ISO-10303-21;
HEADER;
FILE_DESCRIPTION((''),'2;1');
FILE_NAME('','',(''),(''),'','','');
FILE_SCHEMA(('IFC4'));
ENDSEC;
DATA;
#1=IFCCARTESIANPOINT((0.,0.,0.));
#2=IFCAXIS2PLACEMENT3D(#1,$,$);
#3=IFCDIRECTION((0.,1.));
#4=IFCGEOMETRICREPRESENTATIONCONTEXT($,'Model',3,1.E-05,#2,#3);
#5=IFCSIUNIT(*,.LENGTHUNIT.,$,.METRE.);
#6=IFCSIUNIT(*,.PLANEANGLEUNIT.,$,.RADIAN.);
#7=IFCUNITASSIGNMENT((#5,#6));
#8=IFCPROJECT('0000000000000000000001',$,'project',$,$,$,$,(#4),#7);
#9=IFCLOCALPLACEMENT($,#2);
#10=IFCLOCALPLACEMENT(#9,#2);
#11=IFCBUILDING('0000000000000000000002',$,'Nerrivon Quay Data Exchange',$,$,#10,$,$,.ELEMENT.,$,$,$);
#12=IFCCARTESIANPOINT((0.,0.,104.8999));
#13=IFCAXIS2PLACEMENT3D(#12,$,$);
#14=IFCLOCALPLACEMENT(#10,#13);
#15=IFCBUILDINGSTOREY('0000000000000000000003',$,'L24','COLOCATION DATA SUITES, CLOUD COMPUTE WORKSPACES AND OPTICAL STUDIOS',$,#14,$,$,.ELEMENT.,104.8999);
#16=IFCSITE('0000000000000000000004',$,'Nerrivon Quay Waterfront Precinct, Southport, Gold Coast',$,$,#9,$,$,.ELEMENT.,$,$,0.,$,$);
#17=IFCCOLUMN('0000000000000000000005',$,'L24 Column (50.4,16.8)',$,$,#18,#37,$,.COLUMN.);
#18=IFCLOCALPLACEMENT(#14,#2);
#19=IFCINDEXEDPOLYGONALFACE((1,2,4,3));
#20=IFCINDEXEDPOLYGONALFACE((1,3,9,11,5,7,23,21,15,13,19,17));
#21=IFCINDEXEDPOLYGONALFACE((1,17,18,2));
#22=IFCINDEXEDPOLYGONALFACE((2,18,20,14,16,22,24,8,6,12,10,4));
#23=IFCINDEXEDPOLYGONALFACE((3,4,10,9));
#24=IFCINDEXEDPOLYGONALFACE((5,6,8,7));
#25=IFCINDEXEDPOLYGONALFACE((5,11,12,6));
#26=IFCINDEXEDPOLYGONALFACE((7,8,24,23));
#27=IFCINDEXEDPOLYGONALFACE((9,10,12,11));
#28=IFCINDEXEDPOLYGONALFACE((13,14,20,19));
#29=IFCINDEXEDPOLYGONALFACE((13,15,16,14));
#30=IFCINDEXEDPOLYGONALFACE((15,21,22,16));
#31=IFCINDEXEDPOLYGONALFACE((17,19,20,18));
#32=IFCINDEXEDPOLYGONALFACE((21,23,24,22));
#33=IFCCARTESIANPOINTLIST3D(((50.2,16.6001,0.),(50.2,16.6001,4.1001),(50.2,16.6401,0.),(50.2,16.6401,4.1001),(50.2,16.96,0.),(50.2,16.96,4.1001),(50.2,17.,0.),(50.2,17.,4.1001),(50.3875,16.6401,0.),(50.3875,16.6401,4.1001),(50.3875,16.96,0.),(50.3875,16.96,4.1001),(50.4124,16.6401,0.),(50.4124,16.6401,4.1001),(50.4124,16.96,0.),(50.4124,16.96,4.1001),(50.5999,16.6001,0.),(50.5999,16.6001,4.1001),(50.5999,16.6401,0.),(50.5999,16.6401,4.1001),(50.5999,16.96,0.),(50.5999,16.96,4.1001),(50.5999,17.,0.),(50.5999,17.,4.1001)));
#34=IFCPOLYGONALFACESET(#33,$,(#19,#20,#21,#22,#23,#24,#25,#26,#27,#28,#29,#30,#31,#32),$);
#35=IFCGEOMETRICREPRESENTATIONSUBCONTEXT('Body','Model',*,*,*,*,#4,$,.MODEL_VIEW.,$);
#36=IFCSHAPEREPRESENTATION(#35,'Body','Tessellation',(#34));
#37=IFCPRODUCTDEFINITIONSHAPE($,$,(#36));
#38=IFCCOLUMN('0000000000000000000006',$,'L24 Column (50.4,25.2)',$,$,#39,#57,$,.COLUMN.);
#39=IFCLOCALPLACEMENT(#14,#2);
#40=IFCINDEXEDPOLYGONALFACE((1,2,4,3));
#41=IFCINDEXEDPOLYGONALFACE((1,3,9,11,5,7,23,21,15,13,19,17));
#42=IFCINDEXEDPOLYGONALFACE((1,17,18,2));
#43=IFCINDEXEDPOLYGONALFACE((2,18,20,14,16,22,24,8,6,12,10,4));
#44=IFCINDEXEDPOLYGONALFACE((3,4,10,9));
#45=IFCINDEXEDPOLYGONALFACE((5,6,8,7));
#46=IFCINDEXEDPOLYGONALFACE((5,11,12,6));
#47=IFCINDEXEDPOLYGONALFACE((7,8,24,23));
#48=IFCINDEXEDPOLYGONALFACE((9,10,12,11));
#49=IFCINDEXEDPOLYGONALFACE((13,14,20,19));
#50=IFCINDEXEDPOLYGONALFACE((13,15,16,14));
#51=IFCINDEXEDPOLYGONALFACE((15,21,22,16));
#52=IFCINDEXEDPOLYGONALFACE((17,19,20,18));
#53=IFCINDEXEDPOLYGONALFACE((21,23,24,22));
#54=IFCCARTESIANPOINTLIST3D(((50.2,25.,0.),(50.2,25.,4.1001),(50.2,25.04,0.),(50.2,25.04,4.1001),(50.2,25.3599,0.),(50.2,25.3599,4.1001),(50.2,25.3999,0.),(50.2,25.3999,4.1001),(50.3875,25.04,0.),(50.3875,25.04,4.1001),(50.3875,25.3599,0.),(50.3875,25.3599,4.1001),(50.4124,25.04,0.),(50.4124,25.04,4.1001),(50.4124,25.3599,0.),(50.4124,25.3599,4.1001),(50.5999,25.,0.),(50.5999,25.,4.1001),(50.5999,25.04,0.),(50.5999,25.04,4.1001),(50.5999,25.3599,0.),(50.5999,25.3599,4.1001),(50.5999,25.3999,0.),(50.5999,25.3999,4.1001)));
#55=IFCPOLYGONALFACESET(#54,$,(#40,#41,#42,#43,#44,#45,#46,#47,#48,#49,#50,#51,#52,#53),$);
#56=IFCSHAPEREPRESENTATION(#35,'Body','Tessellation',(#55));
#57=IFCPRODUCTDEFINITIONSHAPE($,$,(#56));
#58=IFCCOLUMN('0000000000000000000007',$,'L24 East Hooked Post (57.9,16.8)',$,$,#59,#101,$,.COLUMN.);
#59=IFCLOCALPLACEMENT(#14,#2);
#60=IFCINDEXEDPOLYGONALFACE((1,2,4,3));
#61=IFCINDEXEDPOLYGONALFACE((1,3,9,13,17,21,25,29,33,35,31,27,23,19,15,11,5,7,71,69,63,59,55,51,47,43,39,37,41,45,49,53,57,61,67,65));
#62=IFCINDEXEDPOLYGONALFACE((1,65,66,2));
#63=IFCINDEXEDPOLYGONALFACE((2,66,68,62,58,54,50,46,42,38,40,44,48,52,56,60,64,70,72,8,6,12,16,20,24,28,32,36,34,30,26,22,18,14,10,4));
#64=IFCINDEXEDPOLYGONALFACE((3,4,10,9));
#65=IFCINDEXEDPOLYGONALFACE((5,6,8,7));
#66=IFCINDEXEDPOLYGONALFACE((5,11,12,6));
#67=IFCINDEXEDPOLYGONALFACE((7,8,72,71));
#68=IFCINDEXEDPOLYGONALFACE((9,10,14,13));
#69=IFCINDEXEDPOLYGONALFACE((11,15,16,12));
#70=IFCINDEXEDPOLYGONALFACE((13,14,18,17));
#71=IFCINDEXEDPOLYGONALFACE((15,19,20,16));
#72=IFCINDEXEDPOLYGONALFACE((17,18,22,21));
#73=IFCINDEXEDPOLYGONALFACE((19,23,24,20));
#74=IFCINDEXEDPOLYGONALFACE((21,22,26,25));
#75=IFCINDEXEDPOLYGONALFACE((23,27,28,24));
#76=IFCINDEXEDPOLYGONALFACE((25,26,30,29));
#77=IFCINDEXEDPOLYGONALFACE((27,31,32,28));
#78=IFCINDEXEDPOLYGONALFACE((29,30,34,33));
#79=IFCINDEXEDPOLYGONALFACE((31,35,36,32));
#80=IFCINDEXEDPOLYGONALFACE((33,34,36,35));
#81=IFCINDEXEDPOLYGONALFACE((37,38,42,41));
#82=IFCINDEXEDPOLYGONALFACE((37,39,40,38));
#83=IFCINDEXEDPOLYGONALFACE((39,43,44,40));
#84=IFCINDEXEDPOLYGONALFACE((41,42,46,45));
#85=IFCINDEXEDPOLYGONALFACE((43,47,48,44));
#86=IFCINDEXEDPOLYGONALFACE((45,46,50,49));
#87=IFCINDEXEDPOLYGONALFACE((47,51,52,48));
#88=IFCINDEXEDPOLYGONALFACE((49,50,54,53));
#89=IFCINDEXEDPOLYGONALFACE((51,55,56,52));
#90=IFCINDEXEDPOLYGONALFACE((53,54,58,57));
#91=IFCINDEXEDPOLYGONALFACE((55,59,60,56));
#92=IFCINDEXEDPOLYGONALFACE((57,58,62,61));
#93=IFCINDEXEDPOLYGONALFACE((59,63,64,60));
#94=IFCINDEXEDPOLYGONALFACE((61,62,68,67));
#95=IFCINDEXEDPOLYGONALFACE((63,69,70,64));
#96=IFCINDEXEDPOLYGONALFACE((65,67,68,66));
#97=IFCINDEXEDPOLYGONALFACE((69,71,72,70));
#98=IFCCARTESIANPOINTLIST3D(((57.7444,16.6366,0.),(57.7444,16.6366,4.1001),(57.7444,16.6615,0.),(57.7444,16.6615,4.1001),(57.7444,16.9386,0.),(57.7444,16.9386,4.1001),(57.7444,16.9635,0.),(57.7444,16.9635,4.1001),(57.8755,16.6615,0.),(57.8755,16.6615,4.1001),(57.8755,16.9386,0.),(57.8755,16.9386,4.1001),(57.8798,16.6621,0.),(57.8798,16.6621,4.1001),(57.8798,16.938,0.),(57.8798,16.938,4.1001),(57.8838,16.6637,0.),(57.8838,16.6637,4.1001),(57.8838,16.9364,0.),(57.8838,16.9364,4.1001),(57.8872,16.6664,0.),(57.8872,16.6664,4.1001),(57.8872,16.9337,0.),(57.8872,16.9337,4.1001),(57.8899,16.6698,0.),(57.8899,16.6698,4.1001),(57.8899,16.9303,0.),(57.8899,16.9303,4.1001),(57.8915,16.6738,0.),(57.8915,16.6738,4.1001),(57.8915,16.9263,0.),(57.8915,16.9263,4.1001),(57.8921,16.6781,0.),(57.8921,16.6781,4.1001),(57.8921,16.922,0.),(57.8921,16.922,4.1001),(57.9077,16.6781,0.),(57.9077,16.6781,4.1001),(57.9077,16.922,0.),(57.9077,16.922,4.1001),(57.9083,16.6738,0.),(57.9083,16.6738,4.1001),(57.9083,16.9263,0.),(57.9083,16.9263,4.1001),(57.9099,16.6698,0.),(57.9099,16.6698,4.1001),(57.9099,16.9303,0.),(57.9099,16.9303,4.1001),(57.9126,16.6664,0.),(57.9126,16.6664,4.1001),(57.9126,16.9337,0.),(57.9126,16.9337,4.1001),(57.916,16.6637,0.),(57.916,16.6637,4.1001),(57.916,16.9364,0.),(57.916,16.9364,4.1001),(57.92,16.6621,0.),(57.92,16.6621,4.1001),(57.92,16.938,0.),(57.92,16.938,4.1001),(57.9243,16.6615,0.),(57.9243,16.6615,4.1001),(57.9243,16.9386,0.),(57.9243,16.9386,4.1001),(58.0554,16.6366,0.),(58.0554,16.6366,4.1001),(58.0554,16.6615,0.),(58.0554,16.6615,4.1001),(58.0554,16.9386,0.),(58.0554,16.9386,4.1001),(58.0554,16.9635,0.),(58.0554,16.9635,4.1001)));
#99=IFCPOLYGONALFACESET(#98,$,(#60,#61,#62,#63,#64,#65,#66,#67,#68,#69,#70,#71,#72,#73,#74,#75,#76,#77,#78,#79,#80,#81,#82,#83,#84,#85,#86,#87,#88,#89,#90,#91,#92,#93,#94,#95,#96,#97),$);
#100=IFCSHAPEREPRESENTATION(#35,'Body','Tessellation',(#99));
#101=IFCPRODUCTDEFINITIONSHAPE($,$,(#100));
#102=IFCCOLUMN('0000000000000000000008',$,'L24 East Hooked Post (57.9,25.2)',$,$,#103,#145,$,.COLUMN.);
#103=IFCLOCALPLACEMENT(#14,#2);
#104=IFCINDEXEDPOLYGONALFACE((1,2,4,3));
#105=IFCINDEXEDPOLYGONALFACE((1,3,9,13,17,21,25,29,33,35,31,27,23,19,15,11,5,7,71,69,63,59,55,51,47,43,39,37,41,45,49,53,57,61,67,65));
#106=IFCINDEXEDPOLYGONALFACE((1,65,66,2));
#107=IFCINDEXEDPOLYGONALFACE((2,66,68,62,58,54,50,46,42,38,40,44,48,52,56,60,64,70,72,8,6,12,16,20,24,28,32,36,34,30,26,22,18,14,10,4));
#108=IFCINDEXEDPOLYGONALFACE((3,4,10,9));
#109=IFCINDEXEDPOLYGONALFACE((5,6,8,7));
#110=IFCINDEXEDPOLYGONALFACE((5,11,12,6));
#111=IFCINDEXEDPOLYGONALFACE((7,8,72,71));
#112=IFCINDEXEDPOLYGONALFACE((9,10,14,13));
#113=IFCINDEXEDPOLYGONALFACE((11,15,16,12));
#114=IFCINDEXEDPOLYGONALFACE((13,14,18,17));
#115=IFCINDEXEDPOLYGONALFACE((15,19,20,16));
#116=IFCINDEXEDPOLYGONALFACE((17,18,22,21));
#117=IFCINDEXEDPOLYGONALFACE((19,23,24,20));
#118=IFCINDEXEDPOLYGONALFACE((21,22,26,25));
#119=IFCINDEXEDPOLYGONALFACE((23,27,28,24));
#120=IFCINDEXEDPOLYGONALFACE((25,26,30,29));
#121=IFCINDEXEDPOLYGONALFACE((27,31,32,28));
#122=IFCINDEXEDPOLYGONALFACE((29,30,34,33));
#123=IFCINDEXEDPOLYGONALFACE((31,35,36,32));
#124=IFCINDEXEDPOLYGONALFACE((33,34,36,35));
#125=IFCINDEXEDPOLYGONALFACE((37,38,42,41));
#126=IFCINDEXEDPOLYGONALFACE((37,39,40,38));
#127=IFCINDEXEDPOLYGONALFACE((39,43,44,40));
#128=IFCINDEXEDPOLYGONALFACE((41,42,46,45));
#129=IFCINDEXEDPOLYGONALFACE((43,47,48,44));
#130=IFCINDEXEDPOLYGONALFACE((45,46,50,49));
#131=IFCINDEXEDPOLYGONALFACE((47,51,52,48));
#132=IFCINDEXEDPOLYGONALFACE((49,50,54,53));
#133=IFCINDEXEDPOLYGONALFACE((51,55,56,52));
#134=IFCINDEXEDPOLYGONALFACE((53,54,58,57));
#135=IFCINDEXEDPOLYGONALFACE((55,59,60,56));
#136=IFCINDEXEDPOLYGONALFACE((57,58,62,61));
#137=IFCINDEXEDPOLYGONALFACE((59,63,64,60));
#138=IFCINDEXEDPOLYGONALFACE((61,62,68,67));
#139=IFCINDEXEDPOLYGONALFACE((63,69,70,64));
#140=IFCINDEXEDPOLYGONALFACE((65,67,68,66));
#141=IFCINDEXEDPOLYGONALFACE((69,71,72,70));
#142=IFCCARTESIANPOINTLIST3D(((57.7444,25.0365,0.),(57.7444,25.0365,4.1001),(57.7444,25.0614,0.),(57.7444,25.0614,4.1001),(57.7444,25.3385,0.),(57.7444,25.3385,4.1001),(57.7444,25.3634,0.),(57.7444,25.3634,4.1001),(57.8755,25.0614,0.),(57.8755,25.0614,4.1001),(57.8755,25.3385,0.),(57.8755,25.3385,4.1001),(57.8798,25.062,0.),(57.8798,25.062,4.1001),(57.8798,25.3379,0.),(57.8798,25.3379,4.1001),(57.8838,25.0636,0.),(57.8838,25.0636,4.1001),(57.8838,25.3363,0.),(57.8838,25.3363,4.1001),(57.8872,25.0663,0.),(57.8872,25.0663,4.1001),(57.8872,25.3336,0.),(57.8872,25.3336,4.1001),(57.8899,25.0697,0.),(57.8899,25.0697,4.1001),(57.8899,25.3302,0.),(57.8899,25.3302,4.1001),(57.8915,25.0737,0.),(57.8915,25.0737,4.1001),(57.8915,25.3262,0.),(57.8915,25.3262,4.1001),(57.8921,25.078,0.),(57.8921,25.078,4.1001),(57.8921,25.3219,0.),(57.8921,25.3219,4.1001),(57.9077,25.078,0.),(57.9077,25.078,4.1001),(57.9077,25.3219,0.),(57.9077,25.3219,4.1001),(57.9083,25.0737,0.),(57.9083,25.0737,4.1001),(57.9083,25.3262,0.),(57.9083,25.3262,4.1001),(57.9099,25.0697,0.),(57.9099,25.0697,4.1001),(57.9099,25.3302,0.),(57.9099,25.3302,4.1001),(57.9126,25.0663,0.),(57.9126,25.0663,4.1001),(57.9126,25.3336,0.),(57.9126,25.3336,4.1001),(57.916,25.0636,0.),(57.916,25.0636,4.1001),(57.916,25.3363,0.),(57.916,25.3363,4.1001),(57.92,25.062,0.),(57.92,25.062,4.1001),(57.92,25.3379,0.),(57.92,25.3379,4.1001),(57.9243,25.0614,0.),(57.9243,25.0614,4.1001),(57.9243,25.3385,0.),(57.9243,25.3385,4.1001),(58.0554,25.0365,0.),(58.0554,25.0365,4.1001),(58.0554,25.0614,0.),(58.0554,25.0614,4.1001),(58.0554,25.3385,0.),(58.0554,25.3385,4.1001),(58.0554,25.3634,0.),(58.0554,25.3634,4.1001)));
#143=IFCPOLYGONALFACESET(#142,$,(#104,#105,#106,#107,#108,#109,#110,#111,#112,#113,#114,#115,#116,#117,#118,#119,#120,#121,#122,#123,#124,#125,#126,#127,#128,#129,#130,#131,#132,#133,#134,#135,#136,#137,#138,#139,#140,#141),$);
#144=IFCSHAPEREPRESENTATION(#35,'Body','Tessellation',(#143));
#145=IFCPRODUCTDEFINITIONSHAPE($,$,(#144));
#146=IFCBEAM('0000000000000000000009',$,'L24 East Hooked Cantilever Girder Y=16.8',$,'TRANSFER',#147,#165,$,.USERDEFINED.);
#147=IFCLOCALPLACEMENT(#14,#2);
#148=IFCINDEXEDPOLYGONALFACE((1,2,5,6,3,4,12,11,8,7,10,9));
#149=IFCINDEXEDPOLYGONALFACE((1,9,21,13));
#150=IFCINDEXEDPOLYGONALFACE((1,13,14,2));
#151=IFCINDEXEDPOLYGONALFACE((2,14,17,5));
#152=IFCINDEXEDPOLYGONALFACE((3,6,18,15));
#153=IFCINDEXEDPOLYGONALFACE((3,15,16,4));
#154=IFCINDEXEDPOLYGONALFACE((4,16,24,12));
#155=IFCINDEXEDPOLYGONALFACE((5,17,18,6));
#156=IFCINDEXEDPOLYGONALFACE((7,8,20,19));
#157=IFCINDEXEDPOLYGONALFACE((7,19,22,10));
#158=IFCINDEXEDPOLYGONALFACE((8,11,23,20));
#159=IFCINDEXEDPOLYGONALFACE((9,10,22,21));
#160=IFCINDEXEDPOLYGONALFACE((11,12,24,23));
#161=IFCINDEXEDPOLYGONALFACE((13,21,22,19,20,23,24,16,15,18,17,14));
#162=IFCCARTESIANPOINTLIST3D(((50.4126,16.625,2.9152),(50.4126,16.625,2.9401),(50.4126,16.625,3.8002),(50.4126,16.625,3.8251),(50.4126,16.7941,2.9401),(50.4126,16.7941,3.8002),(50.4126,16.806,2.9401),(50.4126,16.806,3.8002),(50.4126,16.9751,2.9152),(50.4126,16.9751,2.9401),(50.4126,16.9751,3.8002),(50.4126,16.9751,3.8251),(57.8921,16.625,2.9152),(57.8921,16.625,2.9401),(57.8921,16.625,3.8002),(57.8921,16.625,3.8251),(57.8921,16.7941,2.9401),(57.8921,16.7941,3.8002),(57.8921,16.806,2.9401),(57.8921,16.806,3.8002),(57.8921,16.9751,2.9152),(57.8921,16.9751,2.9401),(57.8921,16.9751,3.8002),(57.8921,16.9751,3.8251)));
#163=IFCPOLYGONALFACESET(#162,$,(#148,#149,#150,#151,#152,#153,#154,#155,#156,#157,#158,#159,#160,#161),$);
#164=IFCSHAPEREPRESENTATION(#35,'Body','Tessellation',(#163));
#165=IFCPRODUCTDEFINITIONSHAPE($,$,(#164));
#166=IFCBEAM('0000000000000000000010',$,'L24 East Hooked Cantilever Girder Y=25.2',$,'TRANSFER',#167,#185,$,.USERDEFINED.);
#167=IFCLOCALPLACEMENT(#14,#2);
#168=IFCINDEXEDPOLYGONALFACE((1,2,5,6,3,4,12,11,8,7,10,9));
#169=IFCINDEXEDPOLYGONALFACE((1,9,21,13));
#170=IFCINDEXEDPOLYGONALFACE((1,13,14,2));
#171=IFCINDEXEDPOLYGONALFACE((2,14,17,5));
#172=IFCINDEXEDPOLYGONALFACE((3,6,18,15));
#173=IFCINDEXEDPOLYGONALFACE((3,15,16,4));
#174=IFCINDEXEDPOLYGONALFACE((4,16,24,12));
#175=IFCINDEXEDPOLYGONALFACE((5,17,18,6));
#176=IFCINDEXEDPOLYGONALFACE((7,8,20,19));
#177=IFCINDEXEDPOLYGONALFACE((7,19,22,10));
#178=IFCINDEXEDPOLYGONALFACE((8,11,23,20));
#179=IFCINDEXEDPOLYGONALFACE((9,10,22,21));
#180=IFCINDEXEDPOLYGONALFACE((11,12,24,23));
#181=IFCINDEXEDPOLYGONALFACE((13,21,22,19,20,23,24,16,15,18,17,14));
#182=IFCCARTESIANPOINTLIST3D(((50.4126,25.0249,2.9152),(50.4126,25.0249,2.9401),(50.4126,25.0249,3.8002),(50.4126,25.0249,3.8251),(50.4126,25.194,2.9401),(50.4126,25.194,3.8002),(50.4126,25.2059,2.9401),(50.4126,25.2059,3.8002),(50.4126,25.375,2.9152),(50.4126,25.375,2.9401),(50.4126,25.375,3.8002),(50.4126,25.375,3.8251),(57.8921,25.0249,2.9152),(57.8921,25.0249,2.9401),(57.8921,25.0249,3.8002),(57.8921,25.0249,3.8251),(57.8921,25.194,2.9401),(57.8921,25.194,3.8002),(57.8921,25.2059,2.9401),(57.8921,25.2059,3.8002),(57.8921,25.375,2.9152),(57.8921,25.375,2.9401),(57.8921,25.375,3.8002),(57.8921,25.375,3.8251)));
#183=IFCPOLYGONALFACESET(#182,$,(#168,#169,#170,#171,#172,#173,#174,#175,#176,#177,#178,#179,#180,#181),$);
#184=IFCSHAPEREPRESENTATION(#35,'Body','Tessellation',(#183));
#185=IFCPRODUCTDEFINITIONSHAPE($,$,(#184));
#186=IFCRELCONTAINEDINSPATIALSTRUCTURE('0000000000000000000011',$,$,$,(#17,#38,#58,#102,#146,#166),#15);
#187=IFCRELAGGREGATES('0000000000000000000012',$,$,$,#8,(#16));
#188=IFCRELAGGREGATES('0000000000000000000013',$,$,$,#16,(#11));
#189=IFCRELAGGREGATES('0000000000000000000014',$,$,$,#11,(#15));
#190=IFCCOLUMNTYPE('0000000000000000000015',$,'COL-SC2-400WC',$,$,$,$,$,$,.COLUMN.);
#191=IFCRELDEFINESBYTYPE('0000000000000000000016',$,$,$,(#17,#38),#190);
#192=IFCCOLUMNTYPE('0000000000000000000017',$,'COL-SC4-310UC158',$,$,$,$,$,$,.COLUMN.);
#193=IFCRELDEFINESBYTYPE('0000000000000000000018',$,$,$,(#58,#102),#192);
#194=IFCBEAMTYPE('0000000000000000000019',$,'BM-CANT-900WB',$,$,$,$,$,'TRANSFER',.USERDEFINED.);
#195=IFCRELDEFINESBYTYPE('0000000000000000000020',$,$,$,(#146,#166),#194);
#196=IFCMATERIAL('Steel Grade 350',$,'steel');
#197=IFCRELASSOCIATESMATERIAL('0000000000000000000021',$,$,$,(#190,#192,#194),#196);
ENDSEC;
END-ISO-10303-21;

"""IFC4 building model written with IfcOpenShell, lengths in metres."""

from ifc_helpers import new_model, si_unit, direction, frame, origin, origin_2d, place, context, subcontext, project, spatial, i_section, extrude, material, material_profile, profile_set, type_object, element, save


model = new_model("IFC4")

# Units and contexts
model_context = context("Model", 3, precision=1e-05, world=origin(), true_north=direction((0.0, 1.0)))
body_context = subcontext(model_context, "Body", "Model", "MODEL_VIEW")
ifc_project = project(units=[si_unit("LENGTHUNIT", "METRE"), si_unit("PLANEANGLEUNIT", "RADIAN")], contexts=[model_context])

# Site, building, storey
site_placement = place(None, origin())
site = spatial("IfcSite", under=ifc_project, at=site_placement, Name="Nerrivon Quay Waterfront Precinct, Southport, Gold Coast", CompositionType="ELEMENT", RefElevation=0.0)
building_placement = place(site_placement, origin())
building = spatial("IfcBuilding", under=site, at=building_placement, Name="Nerrivon Quay Data Exchange", CompositionType="ELEMENT")
storey_placement = place(building_placement, frame((0.0, 0.0, 104.8999)))
storey = spatial("IfcBuildingStorey", under=building, at=storey_placement, Name="L24", Description="COLOCATION DATA SUITES, CLOUD COMPUTE WORKSPACES AND OPTICAL STUDIOS", CompositionType="ELEMENT", Elevation=104.8999)

# Columns
ifc_material_1 = material(Name="Steel Grade 350", Category="steel")
ifc_material_profile_1 = material_profile(ifc_material_1, i_section(OverallWidth=0.3999, OverallDepth=0.3999, WebThickness=0.0249, FlangeThickness=0.04, at=origin_2d()), Name="400WC328")
ifc_profile_set_1 = profile_set([ifc_material_profile_1], Name="Steel Grade 350")
column_type_1 = type_object("IfcColumnType", Name="COL-SC2-400WC", PredefinedType="COLUMN", material=ifc_profile_set_1)
for number, where, z_axis, x_axis, name in (
    (1, (50.3999, 16.8, 0.0), (0.0, 0.0, 1.0), (1.0, 0.0, 0.0), "L24 Column (50.4,16.8)"),
    (2, (50.3999, 25.2, 0.0), (0.0, 0.0, 1.0), (1.0, 0.0, 0.0), "L24 Column (50.4,25.2)"),
):
    element("IfcColumn", number, at=place(storey_placement, frame(where, z_axis=z_axis, x_axis=x_axis)), inside=storey, type_object=column_type_1, Name=name, PredefinedType="COLUMN", context=body_context, shape_type="SweptSolid", body=[
        extrude(i_section(OverallWidth=0.3999, OverallDepth=0.3999, WebThickness=0.0249, FlangeThickness=0.04, at=origin_2d()), origin(), (0.0, 0.0, 1.0), 4.1001),
    ])
ifc_material_profile_2 = material_profile(ifc_material_1, i_section(OverallWidth=0.311, OverallDepth=0.3269, WebThickness=0.0156, FlangeThickness=0.0249, FilletRadius=0.0166, at=origin_2d()), Name="310UC158")
ifc_profile_set_2 = profile_set([ifc_material_profile_2], Name="Steel Grade 350")
column_type_2 = type_object("IfcColumnType", Name="COL-SC4-310UC158", PredefinedType="COLUMN", material=ifc_profile_set_2)
for number, where, z_axis, x_axis, name in (
    (3, (57.8999, 16.8, 0.0), (0.0, 0.0, 1.0), (1.0, 0.0, 0.0), "L24 East Hooked Post (57.9,16.8)"),
    (4, (57.8999, 25.2, 0.0), (0.0, 0.0, 1.0), (1.0, 0.0, 0.0), "L24 East Hooked Post (57.9,25.2)"),
):
    element("IfcColumn", number, at=place(storey_placement, frame(where, z_axis=z_axis, x_axis=x_axis)), inside=storey, type_object=column_type_2, Name=name, PredefinedType="COLUMN", context=body_context, shape_type="SweptSolid", body=[
        extrude(i_section(OverallWidth=0.311, OverallDepth=0.3269, WebThickness=0.0156, FlangeThickness=0.0249, FilletRadius=0.0166, at=origin_2d()), origin(), (0.0, 0.0, 1.0), 4.1001),
    ])

# Beams
ifc_material_profile_3 = material_profile(ifc_material_1, i_section(OverallWidth=0.3501, OverallDepth=0.9099, WebThickness=0.012, FlangeThickness=0.0249, at=origin_2d()), Name="900WB218")
ifc_profile_set_3 = profile_set([ifc_material_profile_3], Name="Steel Grade 350")
beam_type_1 = type_object("IfcBeamType", Name="BM-CANT-900WB", ElementType="TRANSFER", PredefinedType="USERDEFINED", material=ifc_profile_set_3)
for number, where, z_axis, x_axis, name in (
    (5, (50.4126, 16.8, 3.3701), (1.0, 0.0, 0.0), (0.0, 1.0, 0.0), "L24 East Hooked Cantilever Girder Y=16.8"),
    (6, (50.4126, 25.2, 3.3701), (1.0, 0.0, 0.0), (0.0, 1.0, 0.0), "L24 East Hooked Cantilever Girder Y=25.2"),
):
    element("IfcBeam", number, at=place(storey_placement, frame(where, z_axis=z_axis, x_axis=x_axis)), inside=storey, type_object=beam_type_1, Name=name, ObjectType="TRANSFER", PredefinedType="USERDEFINED", context=body_context, shape_type="SweptSolid", body=[
        extrude(i_section(OverallWidth=0.3501, OverallDepth=0.9099, WebThickness=0.012, FlangeThickness=0.0249, at=origin_2d()), origin(), (0.0, 0.0, 1.0), 7.4795),
    ])

save(model, "model.ifc")
